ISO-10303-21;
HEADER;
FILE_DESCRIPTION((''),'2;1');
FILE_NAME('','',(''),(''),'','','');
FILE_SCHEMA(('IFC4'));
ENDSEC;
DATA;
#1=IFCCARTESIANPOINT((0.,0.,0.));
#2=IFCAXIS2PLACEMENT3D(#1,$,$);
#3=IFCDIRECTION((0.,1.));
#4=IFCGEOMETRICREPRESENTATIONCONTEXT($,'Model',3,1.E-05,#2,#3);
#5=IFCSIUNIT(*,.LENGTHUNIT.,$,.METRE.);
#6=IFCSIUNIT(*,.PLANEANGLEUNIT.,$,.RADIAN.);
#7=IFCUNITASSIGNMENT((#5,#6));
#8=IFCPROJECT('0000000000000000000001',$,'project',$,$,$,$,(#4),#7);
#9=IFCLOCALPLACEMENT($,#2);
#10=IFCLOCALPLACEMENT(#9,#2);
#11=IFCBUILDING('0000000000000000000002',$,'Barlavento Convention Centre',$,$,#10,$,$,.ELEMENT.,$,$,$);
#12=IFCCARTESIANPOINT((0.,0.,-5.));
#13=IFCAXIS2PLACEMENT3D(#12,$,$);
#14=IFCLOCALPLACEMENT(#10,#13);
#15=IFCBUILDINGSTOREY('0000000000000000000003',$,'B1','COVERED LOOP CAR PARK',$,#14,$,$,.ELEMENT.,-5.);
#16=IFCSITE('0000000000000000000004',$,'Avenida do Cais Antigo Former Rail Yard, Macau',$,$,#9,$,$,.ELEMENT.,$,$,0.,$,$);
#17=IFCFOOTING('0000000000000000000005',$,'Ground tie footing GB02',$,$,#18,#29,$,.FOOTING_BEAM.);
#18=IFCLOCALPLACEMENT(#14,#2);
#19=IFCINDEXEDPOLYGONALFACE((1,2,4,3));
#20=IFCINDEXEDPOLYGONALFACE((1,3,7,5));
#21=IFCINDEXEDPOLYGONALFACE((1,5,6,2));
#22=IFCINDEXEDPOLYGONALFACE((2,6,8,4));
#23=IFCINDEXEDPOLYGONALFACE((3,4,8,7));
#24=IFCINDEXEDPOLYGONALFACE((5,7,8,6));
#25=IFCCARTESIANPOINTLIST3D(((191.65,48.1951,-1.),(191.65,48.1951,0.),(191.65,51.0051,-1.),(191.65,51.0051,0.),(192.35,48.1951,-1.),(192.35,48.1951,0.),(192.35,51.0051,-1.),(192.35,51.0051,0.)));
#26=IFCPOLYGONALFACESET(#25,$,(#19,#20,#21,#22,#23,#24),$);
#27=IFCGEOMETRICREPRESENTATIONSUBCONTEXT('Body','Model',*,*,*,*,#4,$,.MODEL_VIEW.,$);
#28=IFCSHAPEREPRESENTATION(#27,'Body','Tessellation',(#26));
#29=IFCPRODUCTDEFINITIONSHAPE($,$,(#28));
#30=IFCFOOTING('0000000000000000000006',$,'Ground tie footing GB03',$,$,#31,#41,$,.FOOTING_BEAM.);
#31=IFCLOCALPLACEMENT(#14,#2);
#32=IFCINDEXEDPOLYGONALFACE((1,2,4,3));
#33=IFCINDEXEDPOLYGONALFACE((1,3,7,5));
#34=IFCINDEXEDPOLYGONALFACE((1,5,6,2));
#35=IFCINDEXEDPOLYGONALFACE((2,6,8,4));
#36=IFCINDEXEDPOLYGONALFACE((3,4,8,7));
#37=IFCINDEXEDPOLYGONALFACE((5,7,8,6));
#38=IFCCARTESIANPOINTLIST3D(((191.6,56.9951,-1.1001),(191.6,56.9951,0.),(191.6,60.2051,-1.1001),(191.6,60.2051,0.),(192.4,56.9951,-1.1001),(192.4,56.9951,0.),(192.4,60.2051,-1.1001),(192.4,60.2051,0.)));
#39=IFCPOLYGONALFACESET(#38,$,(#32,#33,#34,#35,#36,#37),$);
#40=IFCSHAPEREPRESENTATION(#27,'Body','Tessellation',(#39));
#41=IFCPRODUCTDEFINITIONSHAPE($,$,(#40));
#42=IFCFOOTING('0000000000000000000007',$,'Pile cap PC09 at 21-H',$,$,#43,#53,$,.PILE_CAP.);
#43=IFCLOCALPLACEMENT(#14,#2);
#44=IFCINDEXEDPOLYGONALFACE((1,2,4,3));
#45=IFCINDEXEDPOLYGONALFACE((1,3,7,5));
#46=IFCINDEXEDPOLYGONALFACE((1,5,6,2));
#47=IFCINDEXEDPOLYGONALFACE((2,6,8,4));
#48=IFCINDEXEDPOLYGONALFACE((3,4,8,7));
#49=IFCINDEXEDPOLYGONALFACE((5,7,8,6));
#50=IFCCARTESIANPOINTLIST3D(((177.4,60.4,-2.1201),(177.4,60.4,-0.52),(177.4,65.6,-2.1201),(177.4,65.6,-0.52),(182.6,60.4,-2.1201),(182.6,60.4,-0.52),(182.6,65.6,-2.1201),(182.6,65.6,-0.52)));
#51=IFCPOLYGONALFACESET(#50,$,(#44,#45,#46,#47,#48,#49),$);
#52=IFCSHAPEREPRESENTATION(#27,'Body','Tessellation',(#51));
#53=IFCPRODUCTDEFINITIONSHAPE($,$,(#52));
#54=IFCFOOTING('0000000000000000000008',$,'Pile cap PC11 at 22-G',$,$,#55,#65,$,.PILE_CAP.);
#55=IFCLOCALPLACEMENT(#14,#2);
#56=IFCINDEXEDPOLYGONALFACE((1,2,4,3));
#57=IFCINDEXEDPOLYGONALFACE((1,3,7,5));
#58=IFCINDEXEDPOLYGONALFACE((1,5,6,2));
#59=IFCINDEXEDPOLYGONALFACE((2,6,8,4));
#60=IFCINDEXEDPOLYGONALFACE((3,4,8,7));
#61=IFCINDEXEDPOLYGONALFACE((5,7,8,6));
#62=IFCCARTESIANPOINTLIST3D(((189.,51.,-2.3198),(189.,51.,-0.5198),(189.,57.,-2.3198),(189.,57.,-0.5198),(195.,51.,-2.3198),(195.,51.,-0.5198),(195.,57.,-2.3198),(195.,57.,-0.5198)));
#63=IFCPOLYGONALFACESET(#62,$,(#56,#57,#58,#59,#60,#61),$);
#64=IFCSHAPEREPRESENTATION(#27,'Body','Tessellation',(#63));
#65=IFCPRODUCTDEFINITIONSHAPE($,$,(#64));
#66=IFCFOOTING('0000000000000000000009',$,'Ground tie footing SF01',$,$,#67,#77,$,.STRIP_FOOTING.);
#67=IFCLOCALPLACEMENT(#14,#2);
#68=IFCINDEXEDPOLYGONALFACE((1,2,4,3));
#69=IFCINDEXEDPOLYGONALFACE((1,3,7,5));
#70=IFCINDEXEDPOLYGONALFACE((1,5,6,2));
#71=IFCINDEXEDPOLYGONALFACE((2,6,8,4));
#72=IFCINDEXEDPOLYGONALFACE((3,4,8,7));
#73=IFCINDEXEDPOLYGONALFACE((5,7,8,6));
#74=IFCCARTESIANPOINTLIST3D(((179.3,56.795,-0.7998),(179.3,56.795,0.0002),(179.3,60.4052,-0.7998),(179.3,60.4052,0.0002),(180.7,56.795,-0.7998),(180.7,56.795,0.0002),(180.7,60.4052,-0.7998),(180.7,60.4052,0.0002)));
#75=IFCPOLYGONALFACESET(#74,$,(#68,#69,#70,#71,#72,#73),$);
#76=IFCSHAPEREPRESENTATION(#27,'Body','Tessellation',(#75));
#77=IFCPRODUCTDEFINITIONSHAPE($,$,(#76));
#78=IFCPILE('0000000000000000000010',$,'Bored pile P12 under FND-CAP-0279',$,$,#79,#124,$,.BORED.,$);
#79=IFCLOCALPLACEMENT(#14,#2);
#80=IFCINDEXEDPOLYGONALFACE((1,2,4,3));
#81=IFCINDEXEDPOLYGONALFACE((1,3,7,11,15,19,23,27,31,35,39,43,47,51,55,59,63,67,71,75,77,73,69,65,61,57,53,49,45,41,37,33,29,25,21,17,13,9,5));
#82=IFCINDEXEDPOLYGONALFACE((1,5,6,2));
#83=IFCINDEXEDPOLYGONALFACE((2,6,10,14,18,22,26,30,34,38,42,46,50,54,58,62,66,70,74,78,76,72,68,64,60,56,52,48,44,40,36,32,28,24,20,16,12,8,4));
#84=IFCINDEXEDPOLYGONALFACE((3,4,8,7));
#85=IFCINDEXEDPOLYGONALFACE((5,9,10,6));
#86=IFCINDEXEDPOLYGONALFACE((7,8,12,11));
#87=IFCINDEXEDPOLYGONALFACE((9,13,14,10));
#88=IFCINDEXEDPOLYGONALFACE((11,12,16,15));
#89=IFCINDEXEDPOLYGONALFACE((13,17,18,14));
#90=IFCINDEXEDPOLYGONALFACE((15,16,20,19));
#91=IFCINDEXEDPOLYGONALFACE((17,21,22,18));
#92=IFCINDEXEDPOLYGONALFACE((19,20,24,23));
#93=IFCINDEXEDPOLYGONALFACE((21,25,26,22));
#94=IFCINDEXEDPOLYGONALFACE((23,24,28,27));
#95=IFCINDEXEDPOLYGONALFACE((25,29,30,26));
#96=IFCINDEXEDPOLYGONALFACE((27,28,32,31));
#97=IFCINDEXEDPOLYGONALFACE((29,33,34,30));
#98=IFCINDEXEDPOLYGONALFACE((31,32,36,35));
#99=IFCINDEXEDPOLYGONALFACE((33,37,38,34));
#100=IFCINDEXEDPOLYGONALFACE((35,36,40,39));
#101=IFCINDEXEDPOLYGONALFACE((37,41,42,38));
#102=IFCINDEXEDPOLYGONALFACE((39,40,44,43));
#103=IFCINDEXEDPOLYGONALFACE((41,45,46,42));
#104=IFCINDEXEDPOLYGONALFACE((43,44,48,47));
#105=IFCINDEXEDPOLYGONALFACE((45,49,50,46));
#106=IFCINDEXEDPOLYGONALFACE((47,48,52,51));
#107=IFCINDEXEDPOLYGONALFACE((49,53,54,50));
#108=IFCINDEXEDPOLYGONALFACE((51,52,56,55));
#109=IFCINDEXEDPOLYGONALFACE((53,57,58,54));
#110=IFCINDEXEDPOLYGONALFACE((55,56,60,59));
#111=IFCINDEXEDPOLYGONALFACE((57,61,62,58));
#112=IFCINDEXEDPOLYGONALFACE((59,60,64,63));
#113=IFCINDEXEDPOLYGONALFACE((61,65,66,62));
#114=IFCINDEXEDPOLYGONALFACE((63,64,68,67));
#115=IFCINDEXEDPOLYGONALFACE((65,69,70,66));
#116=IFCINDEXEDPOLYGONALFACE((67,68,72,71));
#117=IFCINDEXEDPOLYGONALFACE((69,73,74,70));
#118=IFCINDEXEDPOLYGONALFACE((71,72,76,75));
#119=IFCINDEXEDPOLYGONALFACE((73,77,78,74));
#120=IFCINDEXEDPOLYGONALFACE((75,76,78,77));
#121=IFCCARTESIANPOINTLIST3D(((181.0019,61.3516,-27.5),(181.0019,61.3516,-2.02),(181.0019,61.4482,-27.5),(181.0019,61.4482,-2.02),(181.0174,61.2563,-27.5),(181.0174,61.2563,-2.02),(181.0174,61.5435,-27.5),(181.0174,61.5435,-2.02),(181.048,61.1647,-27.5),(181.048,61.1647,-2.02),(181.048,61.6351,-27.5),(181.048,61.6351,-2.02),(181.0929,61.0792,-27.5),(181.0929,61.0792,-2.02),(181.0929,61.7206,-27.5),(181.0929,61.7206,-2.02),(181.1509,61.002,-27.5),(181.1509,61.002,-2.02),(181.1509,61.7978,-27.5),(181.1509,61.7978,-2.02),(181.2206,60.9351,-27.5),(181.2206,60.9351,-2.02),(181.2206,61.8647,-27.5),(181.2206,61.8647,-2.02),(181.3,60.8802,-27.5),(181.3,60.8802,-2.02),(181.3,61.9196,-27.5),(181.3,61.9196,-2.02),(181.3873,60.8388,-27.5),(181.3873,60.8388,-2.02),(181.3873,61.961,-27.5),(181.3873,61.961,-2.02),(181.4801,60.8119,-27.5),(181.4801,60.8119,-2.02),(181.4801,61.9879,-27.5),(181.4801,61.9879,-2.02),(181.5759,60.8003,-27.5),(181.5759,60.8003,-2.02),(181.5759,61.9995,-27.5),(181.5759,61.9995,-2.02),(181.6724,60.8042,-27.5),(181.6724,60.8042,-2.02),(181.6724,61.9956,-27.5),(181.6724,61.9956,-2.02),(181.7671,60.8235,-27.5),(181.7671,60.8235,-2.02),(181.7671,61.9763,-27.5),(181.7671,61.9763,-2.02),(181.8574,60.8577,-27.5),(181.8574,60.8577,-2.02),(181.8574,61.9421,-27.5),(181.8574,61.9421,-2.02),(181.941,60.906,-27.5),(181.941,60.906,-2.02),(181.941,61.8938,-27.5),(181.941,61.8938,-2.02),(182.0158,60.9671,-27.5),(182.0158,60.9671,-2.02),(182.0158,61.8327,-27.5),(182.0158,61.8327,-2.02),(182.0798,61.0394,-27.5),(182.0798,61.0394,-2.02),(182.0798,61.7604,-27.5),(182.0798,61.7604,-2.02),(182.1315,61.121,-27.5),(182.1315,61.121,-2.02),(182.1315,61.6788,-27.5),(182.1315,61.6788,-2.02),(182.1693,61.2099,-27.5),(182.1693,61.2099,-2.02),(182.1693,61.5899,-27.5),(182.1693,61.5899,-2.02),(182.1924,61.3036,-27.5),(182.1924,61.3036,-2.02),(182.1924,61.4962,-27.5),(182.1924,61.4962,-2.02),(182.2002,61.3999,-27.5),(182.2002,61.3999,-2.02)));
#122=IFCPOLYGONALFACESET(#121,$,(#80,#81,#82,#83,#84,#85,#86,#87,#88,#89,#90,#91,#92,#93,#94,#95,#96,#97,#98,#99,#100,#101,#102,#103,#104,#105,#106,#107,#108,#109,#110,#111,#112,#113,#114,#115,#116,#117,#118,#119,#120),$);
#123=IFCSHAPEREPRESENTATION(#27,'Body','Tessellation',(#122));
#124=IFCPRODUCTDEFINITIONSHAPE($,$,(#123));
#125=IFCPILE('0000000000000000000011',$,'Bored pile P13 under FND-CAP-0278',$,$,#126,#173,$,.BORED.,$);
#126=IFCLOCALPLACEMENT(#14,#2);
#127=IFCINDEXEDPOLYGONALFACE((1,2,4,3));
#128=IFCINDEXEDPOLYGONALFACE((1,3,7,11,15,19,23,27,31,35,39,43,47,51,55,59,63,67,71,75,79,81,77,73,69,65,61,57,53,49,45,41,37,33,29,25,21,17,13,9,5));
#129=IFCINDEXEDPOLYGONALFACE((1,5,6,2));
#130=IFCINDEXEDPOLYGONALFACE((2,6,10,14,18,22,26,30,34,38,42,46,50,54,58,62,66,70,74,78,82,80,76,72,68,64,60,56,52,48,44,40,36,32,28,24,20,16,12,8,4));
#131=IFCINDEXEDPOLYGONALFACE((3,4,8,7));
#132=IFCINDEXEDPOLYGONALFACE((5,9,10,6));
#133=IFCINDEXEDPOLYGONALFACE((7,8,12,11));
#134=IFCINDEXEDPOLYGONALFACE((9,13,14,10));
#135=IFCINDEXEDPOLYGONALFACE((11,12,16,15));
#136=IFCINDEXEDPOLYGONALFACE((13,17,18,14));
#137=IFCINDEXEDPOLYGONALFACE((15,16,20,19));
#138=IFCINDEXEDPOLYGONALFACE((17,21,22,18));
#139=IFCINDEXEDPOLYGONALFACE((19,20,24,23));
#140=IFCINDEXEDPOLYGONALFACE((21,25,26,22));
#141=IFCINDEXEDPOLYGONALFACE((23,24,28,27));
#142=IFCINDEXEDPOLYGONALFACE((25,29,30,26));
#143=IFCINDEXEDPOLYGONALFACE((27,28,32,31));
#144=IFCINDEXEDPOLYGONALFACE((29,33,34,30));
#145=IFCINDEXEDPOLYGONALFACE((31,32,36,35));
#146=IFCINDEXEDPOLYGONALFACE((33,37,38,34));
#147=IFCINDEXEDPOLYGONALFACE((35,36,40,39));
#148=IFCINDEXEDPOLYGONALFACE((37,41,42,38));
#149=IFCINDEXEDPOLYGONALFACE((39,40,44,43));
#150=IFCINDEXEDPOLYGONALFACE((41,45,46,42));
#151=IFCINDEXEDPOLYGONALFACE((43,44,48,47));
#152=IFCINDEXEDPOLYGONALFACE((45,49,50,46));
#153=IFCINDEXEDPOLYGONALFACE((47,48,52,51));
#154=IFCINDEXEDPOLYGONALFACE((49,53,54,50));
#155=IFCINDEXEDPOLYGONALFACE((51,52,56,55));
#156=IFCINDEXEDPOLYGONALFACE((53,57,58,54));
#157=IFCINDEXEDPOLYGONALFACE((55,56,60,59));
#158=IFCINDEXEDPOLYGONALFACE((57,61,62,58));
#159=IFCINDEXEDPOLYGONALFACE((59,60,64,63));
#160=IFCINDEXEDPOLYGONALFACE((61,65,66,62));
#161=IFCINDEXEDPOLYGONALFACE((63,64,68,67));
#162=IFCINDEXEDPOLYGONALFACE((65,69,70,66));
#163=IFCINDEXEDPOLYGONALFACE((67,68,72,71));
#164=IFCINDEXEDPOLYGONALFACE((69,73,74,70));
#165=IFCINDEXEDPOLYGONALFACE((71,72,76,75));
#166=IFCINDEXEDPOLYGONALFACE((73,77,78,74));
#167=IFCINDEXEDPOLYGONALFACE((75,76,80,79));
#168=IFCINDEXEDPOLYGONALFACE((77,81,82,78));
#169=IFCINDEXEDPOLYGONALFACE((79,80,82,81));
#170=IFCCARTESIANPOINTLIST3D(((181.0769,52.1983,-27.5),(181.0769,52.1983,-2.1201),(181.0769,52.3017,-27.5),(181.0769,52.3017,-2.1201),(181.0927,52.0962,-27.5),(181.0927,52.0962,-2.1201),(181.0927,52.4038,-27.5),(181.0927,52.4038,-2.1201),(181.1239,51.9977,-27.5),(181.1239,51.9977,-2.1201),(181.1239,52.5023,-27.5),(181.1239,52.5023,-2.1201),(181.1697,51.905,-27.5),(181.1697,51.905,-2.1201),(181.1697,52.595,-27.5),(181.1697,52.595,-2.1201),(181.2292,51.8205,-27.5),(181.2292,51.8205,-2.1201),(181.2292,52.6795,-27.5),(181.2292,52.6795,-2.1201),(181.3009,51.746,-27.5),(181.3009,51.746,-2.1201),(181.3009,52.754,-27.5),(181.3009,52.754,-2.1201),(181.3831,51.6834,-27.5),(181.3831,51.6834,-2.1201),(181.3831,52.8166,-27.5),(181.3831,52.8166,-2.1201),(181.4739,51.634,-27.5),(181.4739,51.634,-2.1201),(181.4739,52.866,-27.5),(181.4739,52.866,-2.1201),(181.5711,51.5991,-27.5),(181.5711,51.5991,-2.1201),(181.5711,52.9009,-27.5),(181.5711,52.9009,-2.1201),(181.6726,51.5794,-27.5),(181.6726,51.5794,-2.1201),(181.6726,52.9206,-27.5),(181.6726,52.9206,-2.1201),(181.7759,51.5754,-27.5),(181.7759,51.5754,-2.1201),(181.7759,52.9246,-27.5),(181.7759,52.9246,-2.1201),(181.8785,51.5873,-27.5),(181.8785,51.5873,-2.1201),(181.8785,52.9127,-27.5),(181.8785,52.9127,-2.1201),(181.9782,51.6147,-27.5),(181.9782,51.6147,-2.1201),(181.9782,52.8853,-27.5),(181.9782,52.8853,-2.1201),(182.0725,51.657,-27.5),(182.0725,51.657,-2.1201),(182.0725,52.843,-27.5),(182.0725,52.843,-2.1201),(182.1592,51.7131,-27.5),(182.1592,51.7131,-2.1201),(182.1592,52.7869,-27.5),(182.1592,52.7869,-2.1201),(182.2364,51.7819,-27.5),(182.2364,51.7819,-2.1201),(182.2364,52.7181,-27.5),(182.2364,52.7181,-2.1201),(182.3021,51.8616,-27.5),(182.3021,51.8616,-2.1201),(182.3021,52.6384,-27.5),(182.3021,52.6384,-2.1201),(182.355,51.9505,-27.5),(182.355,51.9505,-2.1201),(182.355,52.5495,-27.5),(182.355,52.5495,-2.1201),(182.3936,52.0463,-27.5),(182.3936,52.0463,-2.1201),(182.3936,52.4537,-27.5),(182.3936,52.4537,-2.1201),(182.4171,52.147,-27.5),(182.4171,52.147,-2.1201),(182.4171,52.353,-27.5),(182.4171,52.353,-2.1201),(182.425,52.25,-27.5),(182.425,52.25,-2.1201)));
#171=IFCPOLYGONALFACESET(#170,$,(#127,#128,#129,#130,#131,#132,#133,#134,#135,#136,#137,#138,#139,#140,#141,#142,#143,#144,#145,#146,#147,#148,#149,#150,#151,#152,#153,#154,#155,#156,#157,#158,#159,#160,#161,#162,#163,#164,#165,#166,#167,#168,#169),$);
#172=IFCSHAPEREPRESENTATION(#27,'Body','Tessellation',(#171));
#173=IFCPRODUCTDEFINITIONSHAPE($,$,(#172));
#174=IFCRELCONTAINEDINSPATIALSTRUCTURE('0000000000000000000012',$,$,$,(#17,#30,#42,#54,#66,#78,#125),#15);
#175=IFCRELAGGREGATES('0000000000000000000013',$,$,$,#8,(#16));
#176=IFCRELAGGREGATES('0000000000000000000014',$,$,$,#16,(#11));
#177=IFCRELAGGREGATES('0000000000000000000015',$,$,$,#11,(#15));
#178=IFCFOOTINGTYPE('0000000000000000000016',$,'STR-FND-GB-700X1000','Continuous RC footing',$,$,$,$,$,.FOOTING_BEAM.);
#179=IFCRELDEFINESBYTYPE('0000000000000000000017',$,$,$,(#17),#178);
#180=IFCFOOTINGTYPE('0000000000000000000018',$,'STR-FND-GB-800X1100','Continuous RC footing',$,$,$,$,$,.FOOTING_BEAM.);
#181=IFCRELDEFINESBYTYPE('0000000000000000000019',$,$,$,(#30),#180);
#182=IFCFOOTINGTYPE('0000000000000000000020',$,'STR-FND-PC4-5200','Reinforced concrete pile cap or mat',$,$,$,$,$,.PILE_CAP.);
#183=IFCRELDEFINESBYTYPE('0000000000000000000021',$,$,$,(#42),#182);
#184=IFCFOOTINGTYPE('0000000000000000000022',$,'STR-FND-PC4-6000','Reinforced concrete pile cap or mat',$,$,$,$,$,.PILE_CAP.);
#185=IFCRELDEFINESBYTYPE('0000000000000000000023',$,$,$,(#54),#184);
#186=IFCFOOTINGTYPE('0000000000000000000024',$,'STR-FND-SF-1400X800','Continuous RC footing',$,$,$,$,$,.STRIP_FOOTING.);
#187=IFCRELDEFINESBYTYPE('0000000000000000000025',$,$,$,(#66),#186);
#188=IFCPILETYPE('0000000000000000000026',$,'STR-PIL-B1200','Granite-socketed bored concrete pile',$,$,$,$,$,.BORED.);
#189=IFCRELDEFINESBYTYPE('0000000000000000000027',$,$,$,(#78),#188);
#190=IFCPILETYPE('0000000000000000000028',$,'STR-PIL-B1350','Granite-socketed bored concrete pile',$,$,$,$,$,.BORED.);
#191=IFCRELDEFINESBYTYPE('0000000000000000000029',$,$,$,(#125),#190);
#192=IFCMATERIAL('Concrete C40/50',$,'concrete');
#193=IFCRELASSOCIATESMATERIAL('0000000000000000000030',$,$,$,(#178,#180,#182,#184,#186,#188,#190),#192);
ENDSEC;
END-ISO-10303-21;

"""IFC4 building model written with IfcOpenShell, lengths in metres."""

from ifc_helpers import new_model, si_unit, direction, frame, origin, origin_2d, place, context, subcontext, project, spatial, rectangle, circle, extrude, material, material_profile, profile_set, type_object, element, save


model = new_model("IFC4")

# Units and contexts
model_context = context("Model", 3, precision=1e-05, world=origin(), true_north=direction((0.0, 1.0)))
body_context = subcontext(model_context, "Body", "Model", "MODEL_VIEW")
ifc_project = project(units=[si_unit("LENGTHUNIT", "METRE"), si_unit("PLANEANGLEUNIT", "RADIAN")], contexts=[model_context])

# Site, building, storey
site_placement = place(None, origin())
site = spatial("IfcSite", under=ifc_project, at=site_placement, Name="Avenida do Cais Antigo Former Rail Yard, Macau", CompositionType="ELEMENT", RefElevation=0.0)
building_placement = place(site_placement, origin())
building = spatial("IfcBuilding", under=site, at=building_placement, Name="Barlavento Convention Centre", CompositionType="ELEMENT")
storey_placement = place(building_placement, frame((0.0, 0.0, -5.0)))
storey = spatial("IfcBuildingStorey", under=building, at=storey_placement, Name="B1", Description="COVERED LOOP CAR PARK", CompositionType="ELEMENT", Elevation=-5.0)

# Footings
ifc_material_1 = material(Name="Concrete C40/50", Category="concrete")
footing_type_1 = type_object("IfcFootingType", Name="STR-FND-GB-700X1000", Description="Continuous RC footing", PredefinedType="FOOTING_BEAM", material=ifc_material_1)
footing_1_placement = place(storey_placement, frame((192.0, 49.6001, -1.0), z_axis=(0.0, 0.0, 1.0), x_axis=(1.0, 0.0, 0.0)))
element("IfcFooting", 1, at=footing_1_placement, inside=storey, type_object=footing_type_1, Name="Ground tie footing GB02", PredefinedType="FOOTING_BEAM", context=body_context, shape_type="SweptSolid", body=[
    extrude(rectangle(XDim=0.7, YDim=2.8101, at=origin_2d()), origin(), (0.0, 0.0, 1.0), 1.0),
])
footing_type_2 = type_object("IfcFootingType", Name="STR-FND-GB-800X1100", Description="Continuous RC footing", PredefinedType="FOOTING_BEAM", material=ifc_material_1)
footing_2_placement = place(storey_placement, frame((192.0, 58.6001, -1.1001), z_axis=(0.0, 0.0, 1.0), x_axis=(1.0, 0.0, 0.0)))
element("IfcFooting", 2, at=footing_2_placement, inside=storey, type_object=footing_type_2, Name="Ground tie footing GB03", PredefinedType="FOOTING_BEAM", context=body_context, shape_type="SweptSolid", body=[
    extrude(rectangle(XDim=0.8, YDim=3.21, at=origin_2d()), origin(), (0.0, 0.0, 1.0), 1.1001),
])
footing_type_3 = type_object("IfcFootingType", Name="STR-FND-PC4-5200", Description="Reinforced concrete pile cap or mat", PredefinedType="PILE_CAP", material=ifc_material_1)
footing_3_placement = place(storey_placement, frame((180.0, 63.0, -2.1201), z_axis=(0.0, 0.0, 1.0), x_axis=(1.0, 0.0, 0.0)))
element("IfcFooting", 3, at=footing_3_placement, inside=storey, type_object=footing_type_3, Name="Pile cap PC09 at 21-H", PredefinedType="PILE_CAP", context=body_context, shape_type="SweptSolid", body=[
    extrude(rectangle(XDim=5.2, YDim=5.2, at=origin_2d()), origin(), (0.0, 0.0, 1.0), 1.6001),
])
footing_type_4 = type_object("IfcFootingType", Name="STR-FND-PC4-6000", Description="Reinforced concrete pile cap or mat", PredefinedType="PILE_CAP", material=ifc_material_1)
footing_4_placement = place(storey_placement, frame((192.0, 54.0, -2.3198), z_axis=(0.0, 0.0, 1.0), x_axis=(1.0, 0.0, 0.0)))
element("IfcFooting", 4, at=footing_4_placement, inside=storey, type_object=footing_type_4, Name="Pile cap PC11 at 22-G", PredefinedType="PILE_CAP", context=body_context, shape_type="SweptSolid", body=[
    extrude(rectangle(XDim=6.0, YDim=6.0, at=origin_2d()), origin(), (0.0, 0.0, 1.0), 1.8),
])
footing_type_5 = type_object("IfcFootingType", Name="STR-FND-SF-1400X800", Description="Continuous RC footing", PredefinedType="STRIP_FOOTING", material=ifc_material_1)
footing_5_placement = place(storey_placement, frame((180.0, 58.6001, -0.7998), z_axis=(0.0, 0.0, 1.0), x_axis=(1.0, 0.0, 0.0)))
element("IfcFooting", 5, at=footing_5_placement, inside=storey, type_object=footing_type_5, Name="Ground tie footing SF01", PredefinedType="STRIP_FOOTING", context=body_context, shape_type="SweptSolid", body=[
    extrude(rectangle(XDim=1.3999, YDim=3.6101, at=origin_2d()), origin(), (0.0, 0.0, 1.0), 0.8),
])

# Piles
ifc_material_profile_1 = material_profile(ifc_material_1, circle(Radius=0.6001, at=origin_2d()), Name="BORED PILE 1200")
ifc_profile_set_1 = profile_set([ifc_material_profile_1], Name="Concrete C40/50")
pile_type_1 = type_object("IfcPileType", Name="STR-PIL-B1200", Description="Granite-socketed bored concrete pile", PredefinedType="BORED", material=ifc_profile_set_1)
pile_placement = place(storey_placement, frame((181.6001, 61.3999, -2.02), z_axis=(0.0, 0.0, -1.0), x_axis=(1.0, 0.0, 0.0)))
element("IfcPile", 6, at=pile_placement, inside=storey, type_object=pile_type_1, Name="Bored pile P12 under FND-CAP-0279", PredefinedType="BORED", context=body_context, shape_type="SweptSolid", body=[
    extrude(circle(Radius=0.6001, at=origin_2d()), origin(), (0.0, 0.0, 1.0), 25.48),
])
ifc_material_profile_2 = material_profile(ifc_material_1, circle(Radius=0.675, at=origin_2d()), Name="BORED PILE 1350")
ifc_profile_set_2 = profile_set([ifc_material_profile_2], Name="Concrete C40/50")
pile_type_2 = type_object("IfcPileType", Name="STR-PIL-B1350", Description="Granite-socketed bored concrete pile", PredefinedType="BORED", material=ifc_profile_set_2)
for number, where, z_axis, x_axis, name in (
    (7, (181.75, 52.25, -2.1201), (0.0, 0.0, -1.0), (1.0, 0.0, 0.0), "Bored pile P13 under FND-CAP-0278"),
):
    element("IfcPile", number, at=place(storey_placement, frame(where, z_axis=z_axis, x_axis=x_axis)), inside=storey, type_object=pile_type_2, Name=name, PredefinedType="BORED", context=body_context, shape_type="SweptSolid", body=[
        extrude(circle(Radius=0.675, at=origin_2d()), origin(), (0.0, 0.0, 1.0), 25.3799),
    ])

save(model, "model.ifc")
